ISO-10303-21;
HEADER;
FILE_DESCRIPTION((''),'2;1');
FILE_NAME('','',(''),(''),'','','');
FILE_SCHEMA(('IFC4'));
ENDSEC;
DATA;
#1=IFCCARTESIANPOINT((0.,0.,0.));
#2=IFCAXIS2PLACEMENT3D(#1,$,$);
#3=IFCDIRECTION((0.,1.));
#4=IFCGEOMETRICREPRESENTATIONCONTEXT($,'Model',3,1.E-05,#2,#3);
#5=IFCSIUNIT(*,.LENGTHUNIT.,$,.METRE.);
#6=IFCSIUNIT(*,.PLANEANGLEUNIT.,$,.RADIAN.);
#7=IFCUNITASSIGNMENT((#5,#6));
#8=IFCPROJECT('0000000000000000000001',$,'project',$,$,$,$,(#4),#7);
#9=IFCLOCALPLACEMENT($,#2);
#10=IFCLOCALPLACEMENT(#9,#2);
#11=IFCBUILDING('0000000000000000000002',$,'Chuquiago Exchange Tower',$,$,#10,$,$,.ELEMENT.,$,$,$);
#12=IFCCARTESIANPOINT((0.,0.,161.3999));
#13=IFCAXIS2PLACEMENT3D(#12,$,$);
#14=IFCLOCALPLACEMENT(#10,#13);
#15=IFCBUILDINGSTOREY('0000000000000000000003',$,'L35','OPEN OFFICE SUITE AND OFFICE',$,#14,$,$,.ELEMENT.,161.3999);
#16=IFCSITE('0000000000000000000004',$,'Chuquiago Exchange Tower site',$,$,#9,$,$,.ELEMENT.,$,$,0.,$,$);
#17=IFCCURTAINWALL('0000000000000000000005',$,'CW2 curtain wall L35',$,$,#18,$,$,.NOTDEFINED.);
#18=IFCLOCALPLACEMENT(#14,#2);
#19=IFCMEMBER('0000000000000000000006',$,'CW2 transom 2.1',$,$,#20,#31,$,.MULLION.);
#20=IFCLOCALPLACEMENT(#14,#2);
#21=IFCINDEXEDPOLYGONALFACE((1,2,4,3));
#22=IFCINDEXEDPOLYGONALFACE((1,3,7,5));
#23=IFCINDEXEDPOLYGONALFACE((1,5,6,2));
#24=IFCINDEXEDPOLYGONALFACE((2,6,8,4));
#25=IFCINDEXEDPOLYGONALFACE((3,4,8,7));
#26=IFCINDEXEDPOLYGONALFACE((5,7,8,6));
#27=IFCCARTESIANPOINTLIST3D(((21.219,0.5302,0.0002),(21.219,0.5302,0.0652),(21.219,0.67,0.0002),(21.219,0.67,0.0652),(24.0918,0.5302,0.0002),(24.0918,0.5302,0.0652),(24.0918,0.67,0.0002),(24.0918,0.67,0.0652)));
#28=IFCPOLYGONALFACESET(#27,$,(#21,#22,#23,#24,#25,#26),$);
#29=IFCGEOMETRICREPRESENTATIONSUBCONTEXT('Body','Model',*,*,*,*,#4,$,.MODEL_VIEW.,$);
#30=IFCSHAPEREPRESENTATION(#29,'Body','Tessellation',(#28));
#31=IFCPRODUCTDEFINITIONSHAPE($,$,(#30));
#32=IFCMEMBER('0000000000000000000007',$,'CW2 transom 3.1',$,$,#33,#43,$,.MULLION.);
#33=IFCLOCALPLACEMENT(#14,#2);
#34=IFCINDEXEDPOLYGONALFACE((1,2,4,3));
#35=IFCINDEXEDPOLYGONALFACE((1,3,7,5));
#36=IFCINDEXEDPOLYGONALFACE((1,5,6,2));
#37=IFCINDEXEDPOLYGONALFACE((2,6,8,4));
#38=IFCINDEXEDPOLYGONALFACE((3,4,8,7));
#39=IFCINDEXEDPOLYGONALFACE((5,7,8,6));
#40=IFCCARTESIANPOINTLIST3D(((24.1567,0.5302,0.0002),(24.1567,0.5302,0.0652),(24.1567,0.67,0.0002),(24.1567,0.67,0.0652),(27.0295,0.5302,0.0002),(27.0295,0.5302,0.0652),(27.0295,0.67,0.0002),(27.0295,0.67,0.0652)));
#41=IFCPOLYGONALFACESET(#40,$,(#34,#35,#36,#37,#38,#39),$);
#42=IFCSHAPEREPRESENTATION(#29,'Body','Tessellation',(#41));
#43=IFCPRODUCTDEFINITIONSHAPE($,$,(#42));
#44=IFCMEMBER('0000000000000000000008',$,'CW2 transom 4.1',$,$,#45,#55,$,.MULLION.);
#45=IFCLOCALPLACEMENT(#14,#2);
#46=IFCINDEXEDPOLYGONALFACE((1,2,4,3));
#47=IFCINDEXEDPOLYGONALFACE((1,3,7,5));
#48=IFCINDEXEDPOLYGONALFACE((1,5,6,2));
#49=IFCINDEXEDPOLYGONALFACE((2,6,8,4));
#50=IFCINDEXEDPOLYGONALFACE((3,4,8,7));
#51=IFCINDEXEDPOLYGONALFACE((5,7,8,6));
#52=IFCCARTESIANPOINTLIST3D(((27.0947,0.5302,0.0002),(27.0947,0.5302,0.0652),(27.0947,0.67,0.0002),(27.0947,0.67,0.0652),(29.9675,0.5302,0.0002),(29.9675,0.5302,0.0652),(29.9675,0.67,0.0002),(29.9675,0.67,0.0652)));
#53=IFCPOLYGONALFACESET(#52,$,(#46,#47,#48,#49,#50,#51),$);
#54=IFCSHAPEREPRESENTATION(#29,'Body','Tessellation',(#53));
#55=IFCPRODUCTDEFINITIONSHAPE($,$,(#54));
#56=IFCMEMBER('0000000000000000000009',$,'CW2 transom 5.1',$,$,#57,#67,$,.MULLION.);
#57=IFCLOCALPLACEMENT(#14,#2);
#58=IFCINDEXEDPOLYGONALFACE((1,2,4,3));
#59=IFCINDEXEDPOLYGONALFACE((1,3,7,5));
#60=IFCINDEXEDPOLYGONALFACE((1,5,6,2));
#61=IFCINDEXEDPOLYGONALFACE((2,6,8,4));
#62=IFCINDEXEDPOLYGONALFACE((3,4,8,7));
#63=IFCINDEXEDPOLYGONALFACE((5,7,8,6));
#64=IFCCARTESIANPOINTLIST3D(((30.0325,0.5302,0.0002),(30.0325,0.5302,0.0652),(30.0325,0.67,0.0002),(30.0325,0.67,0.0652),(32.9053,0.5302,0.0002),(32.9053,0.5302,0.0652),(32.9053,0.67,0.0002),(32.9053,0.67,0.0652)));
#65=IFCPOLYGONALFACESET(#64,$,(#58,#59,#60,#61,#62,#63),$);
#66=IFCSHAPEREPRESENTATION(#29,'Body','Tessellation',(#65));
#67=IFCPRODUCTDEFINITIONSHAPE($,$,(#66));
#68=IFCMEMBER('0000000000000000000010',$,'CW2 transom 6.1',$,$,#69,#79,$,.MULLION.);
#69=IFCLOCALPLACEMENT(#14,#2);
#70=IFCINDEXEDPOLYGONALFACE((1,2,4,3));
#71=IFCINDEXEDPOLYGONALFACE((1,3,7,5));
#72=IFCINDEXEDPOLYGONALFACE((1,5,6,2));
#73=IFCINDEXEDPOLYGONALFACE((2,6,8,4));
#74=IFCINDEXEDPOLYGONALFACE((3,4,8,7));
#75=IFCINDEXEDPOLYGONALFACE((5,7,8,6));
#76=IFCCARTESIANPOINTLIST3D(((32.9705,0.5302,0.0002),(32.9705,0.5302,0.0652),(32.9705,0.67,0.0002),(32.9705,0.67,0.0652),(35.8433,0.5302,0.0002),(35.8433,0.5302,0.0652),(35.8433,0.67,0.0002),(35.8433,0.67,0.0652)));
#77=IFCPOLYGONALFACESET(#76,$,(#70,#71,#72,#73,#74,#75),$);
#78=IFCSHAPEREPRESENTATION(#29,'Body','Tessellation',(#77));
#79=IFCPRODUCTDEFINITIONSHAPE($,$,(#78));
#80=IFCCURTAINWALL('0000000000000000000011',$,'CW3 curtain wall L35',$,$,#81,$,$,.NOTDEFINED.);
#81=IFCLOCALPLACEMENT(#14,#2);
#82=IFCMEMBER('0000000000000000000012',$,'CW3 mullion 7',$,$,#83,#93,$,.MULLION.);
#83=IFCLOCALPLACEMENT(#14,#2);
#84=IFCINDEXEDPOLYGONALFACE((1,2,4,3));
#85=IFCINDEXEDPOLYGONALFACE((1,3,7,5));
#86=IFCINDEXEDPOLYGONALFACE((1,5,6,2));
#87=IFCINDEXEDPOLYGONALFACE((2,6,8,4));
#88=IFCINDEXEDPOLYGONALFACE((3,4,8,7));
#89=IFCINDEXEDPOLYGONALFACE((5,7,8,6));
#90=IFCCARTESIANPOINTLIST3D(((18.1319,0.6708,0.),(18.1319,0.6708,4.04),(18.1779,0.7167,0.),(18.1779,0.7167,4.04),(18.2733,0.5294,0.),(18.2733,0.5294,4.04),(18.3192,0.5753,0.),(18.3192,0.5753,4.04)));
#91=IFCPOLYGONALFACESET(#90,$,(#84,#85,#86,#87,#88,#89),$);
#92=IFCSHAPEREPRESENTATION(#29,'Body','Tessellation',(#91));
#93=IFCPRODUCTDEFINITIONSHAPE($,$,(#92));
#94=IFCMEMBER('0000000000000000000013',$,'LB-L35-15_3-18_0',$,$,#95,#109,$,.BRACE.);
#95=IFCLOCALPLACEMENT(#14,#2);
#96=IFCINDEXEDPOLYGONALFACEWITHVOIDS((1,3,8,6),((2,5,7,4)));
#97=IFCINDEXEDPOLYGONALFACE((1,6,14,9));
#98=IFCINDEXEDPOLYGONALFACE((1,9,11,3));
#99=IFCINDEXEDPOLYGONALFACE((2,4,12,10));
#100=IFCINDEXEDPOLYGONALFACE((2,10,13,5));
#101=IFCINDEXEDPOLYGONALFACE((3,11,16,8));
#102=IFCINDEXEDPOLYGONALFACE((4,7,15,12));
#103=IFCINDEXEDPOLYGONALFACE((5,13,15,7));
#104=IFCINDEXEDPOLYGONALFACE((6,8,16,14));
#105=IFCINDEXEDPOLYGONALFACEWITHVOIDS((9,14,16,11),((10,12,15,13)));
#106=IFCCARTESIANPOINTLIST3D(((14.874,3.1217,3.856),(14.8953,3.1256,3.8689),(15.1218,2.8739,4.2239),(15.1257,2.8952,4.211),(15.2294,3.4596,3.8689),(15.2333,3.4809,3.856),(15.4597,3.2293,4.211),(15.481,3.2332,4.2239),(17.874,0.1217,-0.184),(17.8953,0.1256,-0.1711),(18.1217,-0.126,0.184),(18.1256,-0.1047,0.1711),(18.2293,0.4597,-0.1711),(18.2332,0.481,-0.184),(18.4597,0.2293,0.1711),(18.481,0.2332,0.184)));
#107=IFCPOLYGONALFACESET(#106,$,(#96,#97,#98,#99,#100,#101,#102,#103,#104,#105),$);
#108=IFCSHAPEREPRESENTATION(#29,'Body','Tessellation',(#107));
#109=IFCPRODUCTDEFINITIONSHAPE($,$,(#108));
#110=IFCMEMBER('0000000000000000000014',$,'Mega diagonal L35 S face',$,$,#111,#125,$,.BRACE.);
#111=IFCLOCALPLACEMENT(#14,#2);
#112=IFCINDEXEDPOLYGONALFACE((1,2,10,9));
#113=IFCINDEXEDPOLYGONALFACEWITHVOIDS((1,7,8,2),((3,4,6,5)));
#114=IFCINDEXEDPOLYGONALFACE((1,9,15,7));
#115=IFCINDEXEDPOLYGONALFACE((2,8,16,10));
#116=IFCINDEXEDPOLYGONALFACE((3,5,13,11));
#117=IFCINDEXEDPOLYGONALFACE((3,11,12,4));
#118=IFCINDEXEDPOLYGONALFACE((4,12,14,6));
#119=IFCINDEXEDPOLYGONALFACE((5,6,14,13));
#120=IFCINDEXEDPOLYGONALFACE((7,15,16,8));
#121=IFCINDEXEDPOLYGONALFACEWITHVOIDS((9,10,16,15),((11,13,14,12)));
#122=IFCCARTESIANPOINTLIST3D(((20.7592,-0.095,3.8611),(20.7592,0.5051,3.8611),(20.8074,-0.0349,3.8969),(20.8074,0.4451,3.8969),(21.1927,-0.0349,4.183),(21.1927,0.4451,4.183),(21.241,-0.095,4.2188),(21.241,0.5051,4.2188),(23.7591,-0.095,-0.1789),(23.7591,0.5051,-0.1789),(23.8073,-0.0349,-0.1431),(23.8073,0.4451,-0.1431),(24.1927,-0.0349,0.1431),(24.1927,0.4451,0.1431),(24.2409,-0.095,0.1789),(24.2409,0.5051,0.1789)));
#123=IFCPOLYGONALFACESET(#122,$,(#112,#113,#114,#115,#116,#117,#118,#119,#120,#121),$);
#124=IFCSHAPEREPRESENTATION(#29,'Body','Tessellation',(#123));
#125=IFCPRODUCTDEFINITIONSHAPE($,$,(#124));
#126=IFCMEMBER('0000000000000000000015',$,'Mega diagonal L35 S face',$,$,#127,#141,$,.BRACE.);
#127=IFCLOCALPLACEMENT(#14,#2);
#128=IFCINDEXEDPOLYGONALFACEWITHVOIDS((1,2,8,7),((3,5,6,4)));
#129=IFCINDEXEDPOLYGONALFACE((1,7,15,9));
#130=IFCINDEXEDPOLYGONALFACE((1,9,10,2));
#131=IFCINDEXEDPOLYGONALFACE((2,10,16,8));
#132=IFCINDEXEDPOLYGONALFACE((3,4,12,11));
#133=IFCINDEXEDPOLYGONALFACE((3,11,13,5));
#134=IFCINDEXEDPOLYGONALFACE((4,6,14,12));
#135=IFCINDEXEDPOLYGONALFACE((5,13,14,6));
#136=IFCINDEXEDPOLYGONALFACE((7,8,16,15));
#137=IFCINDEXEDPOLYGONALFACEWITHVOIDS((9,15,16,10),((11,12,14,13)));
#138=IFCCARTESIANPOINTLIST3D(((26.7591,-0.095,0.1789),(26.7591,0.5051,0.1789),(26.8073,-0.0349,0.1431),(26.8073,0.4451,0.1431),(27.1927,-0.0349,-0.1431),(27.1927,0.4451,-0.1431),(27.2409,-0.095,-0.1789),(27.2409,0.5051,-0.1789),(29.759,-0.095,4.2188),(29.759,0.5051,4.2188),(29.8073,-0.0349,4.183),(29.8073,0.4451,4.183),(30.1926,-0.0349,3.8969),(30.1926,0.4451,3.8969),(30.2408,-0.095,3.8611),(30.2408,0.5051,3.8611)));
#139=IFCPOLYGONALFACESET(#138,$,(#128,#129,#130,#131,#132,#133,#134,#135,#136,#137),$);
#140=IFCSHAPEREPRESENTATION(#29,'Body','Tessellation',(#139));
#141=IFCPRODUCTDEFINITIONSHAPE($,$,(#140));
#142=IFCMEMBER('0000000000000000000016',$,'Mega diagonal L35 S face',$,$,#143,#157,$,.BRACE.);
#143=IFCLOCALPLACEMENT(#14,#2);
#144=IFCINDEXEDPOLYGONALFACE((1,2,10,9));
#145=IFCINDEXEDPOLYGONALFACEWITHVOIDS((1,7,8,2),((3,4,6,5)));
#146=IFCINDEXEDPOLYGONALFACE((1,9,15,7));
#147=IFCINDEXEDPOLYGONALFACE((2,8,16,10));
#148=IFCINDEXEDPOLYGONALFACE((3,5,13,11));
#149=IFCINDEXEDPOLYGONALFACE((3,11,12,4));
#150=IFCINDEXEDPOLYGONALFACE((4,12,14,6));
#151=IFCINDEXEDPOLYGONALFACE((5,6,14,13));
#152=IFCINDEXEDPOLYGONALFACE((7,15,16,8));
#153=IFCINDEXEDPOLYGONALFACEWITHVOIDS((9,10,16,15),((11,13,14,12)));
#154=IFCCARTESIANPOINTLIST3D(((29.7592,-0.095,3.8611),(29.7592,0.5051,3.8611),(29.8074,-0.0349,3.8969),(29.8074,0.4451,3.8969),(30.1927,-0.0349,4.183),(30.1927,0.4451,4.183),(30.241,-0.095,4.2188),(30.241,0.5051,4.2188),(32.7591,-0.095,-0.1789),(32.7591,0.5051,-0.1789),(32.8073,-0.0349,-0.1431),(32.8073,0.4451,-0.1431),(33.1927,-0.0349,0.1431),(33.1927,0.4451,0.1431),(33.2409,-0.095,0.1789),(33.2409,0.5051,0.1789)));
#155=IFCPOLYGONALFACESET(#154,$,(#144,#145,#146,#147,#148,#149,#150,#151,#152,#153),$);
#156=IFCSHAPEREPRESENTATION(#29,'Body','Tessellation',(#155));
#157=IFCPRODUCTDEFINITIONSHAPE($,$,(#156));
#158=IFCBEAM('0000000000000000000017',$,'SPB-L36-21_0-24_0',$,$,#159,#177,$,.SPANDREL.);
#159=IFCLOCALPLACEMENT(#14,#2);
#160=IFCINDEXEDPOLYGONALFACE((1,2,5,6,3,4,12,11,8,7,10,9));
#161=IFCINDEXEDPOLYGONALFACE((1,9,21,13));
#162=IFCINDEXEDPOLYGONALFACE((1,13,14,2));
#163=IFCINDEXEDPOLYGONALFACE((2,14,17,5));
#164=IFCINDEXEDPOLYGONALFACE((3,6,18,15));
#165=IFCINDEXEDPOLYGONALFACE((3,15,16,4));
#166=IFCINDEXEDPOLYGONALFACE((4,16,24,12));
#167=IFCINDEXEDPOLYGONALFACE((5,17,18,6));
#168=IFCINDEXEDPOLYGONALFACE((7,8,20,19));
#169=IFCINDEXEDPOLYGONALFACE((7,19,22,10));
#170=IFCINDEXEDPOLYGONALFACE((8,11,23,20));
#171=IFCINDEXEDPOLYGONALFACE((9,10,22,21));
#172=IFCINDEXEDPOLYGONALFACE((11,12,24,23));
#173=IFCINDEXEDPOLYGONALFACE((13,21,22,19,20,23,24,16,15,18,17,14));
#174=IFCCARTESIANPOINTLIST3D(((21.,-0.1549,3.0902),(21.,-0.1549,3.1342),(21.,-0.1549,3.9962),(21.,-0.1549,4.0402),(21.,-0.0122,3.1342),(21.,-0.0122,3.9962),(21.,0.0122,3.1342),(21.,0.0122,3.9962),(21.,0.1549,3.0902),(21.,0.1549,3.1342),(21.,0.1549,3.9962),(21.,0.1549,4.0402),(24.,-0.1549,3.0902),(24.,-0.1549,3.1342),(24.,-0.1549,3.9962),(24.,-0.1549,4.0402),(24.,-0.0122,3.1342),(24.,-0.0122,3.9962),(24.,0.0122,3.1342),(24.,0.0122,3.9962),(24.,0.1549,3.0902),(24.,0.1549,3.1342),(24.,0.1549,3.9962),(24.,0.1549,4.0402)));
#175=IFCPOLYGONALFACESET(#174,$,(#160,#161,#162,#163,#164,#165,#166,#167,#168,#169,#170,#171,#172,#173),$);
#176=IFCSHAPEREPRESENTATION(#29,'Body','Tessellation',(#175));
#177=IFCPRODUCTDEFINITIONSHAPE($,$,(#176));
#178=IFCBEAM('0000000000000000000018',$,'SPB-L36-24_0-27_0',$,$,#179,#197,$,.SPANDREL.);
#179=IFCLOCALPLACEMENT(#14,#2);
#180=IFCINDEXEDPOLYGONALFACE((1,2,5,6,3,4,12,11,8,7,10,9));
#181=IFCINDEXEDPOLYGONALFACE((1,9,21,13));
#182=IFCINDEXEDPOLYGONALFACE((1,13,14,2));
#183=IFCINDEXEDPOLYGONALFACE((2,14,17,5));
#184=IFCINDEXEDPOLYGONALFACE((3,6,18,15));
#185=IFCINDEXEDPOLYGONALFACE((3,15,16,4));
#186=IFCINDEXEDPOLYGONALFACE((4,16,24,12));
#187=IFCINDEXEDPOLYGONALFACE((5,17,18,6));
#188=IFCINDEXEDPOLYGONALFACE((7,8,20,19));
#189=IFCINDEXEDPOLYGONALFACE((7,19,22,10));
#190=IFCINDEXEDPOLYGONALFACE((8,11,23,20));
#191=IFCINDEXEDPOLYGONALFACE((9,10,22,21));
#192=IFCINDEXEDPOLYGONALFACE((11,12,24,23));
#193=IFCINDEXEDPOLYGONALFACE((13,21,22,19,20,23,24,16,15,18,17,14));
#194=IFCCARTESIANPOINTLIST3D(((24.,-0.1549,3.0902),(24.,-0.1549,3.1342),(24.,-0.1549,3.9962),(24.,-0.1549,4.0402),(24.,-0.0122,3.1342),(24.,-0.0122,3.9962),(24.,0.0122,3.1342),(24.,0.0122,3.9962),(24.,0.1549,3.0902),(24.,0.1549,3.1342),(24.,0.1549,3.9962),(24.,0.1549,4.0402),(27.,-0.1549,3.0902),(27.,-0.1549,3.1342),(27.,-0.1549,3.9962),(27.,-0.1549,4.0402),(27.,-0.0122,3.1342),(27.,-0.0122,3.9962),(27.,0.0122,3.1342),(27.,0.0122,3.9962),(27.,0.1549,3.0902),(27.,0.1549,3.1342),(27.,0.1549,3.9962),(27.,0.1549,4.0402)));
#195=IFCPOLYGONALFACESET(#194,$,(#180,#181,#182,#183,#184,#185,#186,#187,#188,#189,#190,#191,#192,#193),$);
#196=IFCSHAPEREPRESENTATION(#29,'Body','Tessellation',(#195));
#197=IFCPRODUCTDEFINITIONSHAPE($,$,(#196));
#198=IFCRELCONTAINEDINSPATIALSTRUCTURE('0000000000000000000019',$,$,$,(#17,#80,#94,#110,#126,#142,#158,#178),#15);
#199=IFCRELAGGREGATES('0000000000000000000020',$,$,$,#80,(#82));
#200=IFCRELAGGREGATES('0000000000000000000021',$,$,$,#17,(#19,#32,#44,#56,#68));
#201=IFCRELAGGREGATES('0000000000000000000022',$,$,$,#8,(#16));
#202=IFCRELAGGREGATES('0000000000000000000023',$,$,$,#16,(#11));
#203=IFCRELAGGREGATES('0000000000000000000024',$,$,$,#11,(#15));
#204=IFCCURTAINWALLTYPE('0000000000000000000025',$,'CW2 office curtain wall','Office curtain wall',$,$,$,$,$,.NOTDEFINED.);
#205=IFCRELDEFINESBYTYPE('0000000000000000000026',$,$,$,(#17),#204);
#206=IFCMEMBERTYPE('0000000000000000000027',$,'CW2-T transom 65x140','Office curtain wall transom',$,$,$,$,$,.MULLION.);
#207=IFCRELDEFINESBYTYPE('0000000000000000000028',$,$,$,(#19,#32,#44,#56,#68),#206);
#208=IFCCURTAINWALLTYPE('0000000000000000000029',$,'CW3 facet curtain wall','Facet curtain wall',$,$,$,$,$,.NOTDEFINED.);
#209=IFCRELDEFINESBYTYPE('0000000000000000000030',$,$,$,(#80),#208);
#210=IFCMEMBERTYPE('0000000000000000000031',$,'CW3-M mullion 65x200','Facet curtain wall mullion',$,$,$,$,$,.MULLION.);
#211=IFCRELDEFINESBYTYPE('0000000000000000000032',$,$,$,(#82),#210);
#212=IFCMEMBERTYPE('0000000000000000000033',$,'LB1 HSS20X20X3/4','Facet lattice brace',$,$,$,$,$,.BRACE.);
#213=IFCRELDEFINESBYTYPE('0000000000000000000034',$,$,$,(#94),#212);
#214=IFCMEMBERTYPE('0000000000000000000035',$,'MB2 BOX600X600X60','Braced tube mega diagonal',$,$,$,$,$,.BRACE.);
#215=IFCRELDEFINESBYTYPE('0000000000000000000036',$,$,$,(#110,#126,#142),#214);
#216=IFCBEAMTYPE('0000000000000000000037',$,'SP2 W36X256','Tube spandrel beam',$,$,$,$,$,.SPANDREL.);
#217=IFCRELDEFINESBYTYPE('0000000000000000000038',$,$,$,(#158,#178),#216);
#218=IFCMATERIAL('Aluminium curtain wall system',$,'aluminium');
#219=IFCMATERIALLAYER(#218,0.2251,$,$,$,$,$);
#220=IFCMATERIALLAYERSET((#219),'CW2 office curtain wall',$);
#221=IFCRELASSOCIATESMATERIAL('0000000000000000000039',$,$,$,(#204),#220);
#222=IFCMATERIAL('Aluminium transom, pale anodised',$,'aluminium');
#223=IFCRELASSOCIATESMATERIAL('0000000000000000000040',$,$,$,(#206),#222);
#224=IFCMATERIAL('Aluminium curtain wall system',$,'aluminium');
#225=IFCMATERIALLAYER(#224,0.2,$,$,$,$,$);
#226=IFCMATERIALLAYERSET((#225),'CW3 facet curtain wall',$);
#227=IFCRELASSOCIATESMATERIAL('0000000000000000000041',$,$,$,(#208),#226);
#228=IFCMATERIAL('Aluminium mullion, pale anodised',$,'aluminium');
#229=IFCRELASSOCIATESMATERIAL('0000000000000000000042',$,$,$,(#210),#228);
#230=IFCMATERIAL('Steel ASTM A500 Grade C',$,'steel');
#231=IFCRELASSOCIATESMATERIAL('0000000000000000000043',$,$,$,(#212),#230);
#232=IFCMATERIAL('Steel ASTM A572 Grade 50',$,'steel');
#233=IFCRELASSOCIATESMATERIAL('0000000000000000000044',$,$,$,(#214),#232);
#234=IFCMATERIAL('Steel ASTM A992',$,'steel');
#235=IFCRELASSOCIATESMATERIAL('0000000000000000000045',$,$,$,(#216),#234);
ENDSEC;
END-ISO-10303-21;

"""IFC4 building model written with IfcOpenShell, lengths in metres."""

from ifc_helpers import new_model, si_unit, direction, frame, origin, origin_2d, place, context, subcontext, project, spatial, rectangle, hollow_rectangle, i_section, extrude, material, layer, layer_set, material_profile, profile_set, type_object, element, aggregate, save


model = new_model("IFC4")

# Units and contexts
model_context = context("Model", 3, precision=1e-05, world=origin(), true_north=direction((0.0, 1.0)))
body_context = subcontext(model_context, "Body", "Model", "MODEL_VIEW")
ifc_project = project(units=[si_unit("LENGTHUNIT", "METRE"), si_unit("PLANEANGLEUNIT", "RADIAN")], contexts=[model_context])

# Site, building, storey
site_placement = place(None, origin())
site = spatial("IfcSite", under=ifc_project, at=site_placement, Name="Chuquiago Exchange Tower site", CompositionType="ELEMENT", RefElevation=0.0)
building_placement = place(site_placement, origin())
building = spatial("IfcBuilding", under=site, at=building_placement, Name="Chuquiago Exchange Tower", CompositionType="ELEMENT")
storey_placement = place(building_placement, frame((0.0, 0.0, 161.3999)))
storey = spatial("IfcBuildingStorey", under=building, at=storey_placement, Name="L35", Description="OPEN OFFICE SUITE AND OFFICE", CompositionType="ELEMENT", Elevation=161.3999)

# Curtain wall, members
ifc_material_1 = material(Name="Aluminium curtain wall system", Category="aluminium")
ifc_layer_1 = layer(ifc_material_1, 0.2251)
ifc_layer_set_1 = layer_set([ifc_layer_1], Name="CW2 office curtain wall")
curtain_wall_type_1 = type_object("IfcCurtainWallType", Name="CW2 office curtain wall", Description="Office curtain wall", PredefinedType="NOTDEFINED", material=ifc_layer_set_1)
curtain_wall_1_placement = place(storey_placement, origin())
curtain_wall_1 = element("IfcCurtainWall", 1, at=curtain_wall_1_placement, inside=storey, type_object=curtain_wall_type_1, Name="CW2 curtain wall L35", PredefinedType="NOTDEFINED")
ifc_material_2 = material(Name="Aluminium transom, pale anodised", Category="aluminium")
ifc_material_profile_1 = material_profile(ifc_material_2, rectangle(XDim=0.1399, YDim=0.0649, at=origin_2d()), Name="AL 140x65")
ifc_profile_set_1 = profile_set([ifc_material_profile_1], Name="Aluminium transom, pale anodised")
member_type_1 = type_object("IfcMemberType", Name="CW2-T transom 65x140", Description="Office curtain wall transom", PredefinedType="MULLION", material=ifc_profile_set_1)
member_1_placement = place(storey_placement, frame((21.219, 0.6001, 0.0327), z_axis=(1.0, 0.0, 0.0), x_axis=(0.0, 1.0, 0.0)))
member_1 = element("IfcMember", 2, at=member_1_placement, type_object=member_type_1, Name="CW2 transom 2.1", PredefinedType="MULLION", context=body_context, shape_type="SweptSolid", body=[
    extrude(rectangle(XDim=0.1399, YDim=0.0649, at=origin_2d()), origin(), (0.0, 0.0, 1.0), 2.8728),
])
member_2_placement = place(storey_placement, frame((24.1567, 0.6001, 0.0327), z_axis=(1.0, 0.0, 0.0), x_axis=(0.0, 1.0, 0.0)))
member_2 = element("IfcMember", 3, at=member_2_placement, type_object=member_type_1, Name="CW2 transom 3.1", PredefinedType="MULLION", context=body_context, shape_type="SweptSolid", body=[
    extrude(rectangle(XDim=0.1399, YDim=0.0649, at=origin_2d()), origin(), (0.0, 0.0, 1.0), 2.8728),
])
member_3_placement = place(storey_placement, frame((27.0947, 0.6001, 0.0327), z_axis=(1.0, 0.0, 0.0), x_axis=(0.0, 1.0, 0.0)))
member_3 = element("IfcMember", 4, at=member_3_placement, type_object=member_type_1, Name="CW2 transom 4.1", PredefinedType="MULLION", context=body_context, shape_type="SweptSolid", body=[
    extrude(rectangle(XDim=0.1399, YDim=0.0649, at=origin_2d()), origin(), (0.0, 0.0, 1.0), 2.8728),
])
member_4_placement = place(storey_placement, frame((30.0325, 0.6001, 0.0327), z_axis=(1.0, 0.0, 0.0), x_axis=(0.0, 1.0, 0.0)))
member_4 = element("IfcMember", 5, at=member_4_placement, type_object=member_type_1, Name="CW2 transom 5.1", PredefinedType="MULLION", context=body_context, shape_type="SweptSolid", body=[
    extrude(rectangle(XDim=0.1399, YDim=0.0649, at=origin_2d()), origin(), (0.0, 0.0, 1.0), 2.8728),
])
member_5_placement = place(storey_placement, frame((32.9705, 0.6001, 0.0327), z_axis=(1.0, 0.0, 0.0), x_axis=(0.0, 1.0, 0.0)))
member_5 = element("IfcMember", 6, at=member_5_placement, type_object=member_type_1, Name="CW2 transom 6.1", PredefinedType="MULLION", context=body_context, shape_type="SweptSolid", body=[
    extrude(rectangle(XDim=0.1399, YDim=0.0649, at=origin_2d()), origin(), (0.0, 0.0, 1.0), 2.8728),
])

# Curtain wall, member
ifc_material_3 = material(Name="Aluminium curtain wall system", Category="aluminium")
ifc_layer_2 = layer(ifc_material_3, 0.2)
ifc_layer_set_2 = layer_set([ifc_layer_2], Name="CW3 facet curtain wall")
curtain_wall_type_2 = type_object("IfcCurtainWallType", Name="CW3 facet curtain wall", Description="Facet curtain wall", PredefinedType="NOTDEFINED", material=ifc_layer_set_2)
curtain_wall_2_placement = place(storey_placement, origin())
curtain_wall_2 = element("IfcCurtainWall", 7, at=curtain_wall_2_placement, inside=storey, type_object=curtain_wall_type_2, Name="CW3 curtain wall L35", PredefinedType="NOTDEFINED")
ifc_material_4 = material(Name="Aluminium mullion, pale anodised", Category="aluminium")
ifc_material_profile_2 = material_profile(ifc_material_4, rectangle(XDim=0.0649, YDim=0.2, at=origin_2d()), Name="AL 65x200")
ifc_profile_set_2 = profile_set([ifc_material_profile_2], Name="Aluminium mullion, pale anodised")
member_type_2 = type_object("IfcMemberType", Name="CW3-M mullion 65x200", Description="Facet curtain wall mullion", PredefinedType="MULLION", material=ifc_profile_set_2)
member_6_placement = place(storey_placement, frame((18.2256, 0.623, 0.0), z_axis=(0.0, 0.0, 1.0), x_axis=(0.707107, 0.707107, 0.0)))
member_6 = element("IfcMember", 8, at=member_6_placement, type_object=member_type_2, Name="CW3 mullion 7", PredefinedType="MULLION", context=body_context, shape_type="SweptSolid", body=[
    extrude(rectangle(XDim=0.0649, YDim=0.2, at=origin_2d()), origin(), (0.0, 0.0, 1.0), 4.04),
])
aggregate(curtain_wall_2, [member_6])

# Members
ifc_material_5 = material(Name="Steel ASTM A500 Grade C", Category="steel")
ifc_material_profile_3 = material_profile(ifc_material_5, hollow_rectangle(XDim=0.5081, YDim=0.5081, WallThickness=0.0178, at=origin_2d()), Name="HSS20X20X3/4")
ifc_profile_set_3 = profile_set([ifc_material_profile_3], Name="Steel ASTM A500 Grade C")
member_type_3 = type_object("IfcMemberType", Name="LB1 HSS20X20X3/4", Description="Facet lattice brace", PredefinedType="BRACE", material=ifc_profile_set_3)
member_7_placement = place(storey_placement, frame((18.1775, 0.1775, 0.0), z_axis=(-0.512077, 0.512077, 0.689604), x_axis=(-0.707107, -0.707107, 0.0)))
element("IfcMember", 9, at=member_7_placement, inside=storey, type_object=member_type_3, Name="LB-L35-15_3-18_0", PredefinedType="BRACE", context=body_context, shape_type="SweptSolid", body=[
    extrude(hollow_rectangle(XDim=0.5081, YDim=0.5081, WallThickness=0.0178, at=origin_2d()), origin(), (0.0, 0.0, 1.0), 5.8584),
])
ifc_material_6 = material(Name="Steel ASTM A572 Grade 50", Category="steel")
ifc_material_profile_4 = material_profile(ifc_material_6, hollow_rectangle(XDim=0.6001, YDim=0.6001, WallThickness=0.0601, at=origin_2d()), Name="BOX600X600X60")
ifc_profile_set_4 = profile_set([ifc_material_profile_4], Name="Steel ASTM A572 Grade 50")
member_type_4 = type_object("IfcMemberType", Name="MB2 BOX600X600X60", Description="Braced tube mega diagonal", PredefinedType="BRACE", material=ifc_profile_set_4)
for number, where, z_axis, x_axis, name in (
    (10, (24.0, 0.2051, 0.0), (-0.596174, 0.0, 0.802855), (0.0, -1.0, 0.0), "Mega diagonal L35 S face"),
    (11, (27.0, 0.2051, 0.0), (0.596174, 0.0, 0.802855), (0.0, 1.0, 0.0), "Mega diagonal L35 S face"),
    (12, (33.0, 0.2051, 0.0), (-0.596174, 0.0, 0.802855), (0.0, -1.0, 0.0), "Mega diagonal L35 S face"),
):
    element("IfcMember", number, at=place(storey_placement, frame(where, z_axis=z_axis, x_axis=x_axis)), inside=storey, type_object=member_type_4, Name=name, PredefinedType="BRACE", context=body_context, shape_type="SweptSolid", body=[
        extrude(hollow_rectangle(XDim=0.6001, YDim=0.6001, WallThickness=0.0601, at=origin_2d()), origin(), (0.0, 0.0, 1.0), 5.032),
    ])

# Beams
ifc_material_7 = material(Name="Steel ASTM A992", Category="steel")
ifc_material_profile_5 = material_profile(ifc_material_7, i_section(OverallWidth=0.3098, OverallDepth=0.95, WebThickness=0.0244, FlangeThickness=0.0439, at=origin_2d()), Name="W36X256")
ifc_profile_set_5 = profile_set([ifc_material_profile_5], Name="Steel ASTM A992")
beam_type = type_object("IfcBeamType", Name="SP2 W36X256", Description="Tube spandrel beam", PredefinedType="SPANDREL", material=ifc_profile_set_5)
for number, where, z_axis, x_axis, name in (
    (13, (21.0, 0.0, 3.5652), (1.0, 0.0, 0.0), (0.0, 1.0, 0.0), "SPB-L36-21_0-24_0"),
    (14, (24.0, 0.0, 3.5652), (1.0, 0.0, 0.0), (0.0, 1.0, 0.0), "SPB-L36-24_0-27_0"),
):
    element("IfcBeam", number, at=place(storey_placement, frame(where, z_axis=z_axis, x_axis=x_axis)), inside=storey, type_object=beam_type, Name=name, PredefinedType="SPANDREL", context=body_context, shape_type="SweptSolid", body=[
        extrude(i_section(OverallWidth=0.3098, OverallDepth=0.95, WebThickness=0.0244, FlangeThickness=0.0439, at=origin_2d()), origin(), (0.0, 0.0, 1.0), 3.0),
    ])

aggregate(curtain_wall_1, [member_1, member_2, member_3, member_4, member_5])

save(model, "model.ifc")
